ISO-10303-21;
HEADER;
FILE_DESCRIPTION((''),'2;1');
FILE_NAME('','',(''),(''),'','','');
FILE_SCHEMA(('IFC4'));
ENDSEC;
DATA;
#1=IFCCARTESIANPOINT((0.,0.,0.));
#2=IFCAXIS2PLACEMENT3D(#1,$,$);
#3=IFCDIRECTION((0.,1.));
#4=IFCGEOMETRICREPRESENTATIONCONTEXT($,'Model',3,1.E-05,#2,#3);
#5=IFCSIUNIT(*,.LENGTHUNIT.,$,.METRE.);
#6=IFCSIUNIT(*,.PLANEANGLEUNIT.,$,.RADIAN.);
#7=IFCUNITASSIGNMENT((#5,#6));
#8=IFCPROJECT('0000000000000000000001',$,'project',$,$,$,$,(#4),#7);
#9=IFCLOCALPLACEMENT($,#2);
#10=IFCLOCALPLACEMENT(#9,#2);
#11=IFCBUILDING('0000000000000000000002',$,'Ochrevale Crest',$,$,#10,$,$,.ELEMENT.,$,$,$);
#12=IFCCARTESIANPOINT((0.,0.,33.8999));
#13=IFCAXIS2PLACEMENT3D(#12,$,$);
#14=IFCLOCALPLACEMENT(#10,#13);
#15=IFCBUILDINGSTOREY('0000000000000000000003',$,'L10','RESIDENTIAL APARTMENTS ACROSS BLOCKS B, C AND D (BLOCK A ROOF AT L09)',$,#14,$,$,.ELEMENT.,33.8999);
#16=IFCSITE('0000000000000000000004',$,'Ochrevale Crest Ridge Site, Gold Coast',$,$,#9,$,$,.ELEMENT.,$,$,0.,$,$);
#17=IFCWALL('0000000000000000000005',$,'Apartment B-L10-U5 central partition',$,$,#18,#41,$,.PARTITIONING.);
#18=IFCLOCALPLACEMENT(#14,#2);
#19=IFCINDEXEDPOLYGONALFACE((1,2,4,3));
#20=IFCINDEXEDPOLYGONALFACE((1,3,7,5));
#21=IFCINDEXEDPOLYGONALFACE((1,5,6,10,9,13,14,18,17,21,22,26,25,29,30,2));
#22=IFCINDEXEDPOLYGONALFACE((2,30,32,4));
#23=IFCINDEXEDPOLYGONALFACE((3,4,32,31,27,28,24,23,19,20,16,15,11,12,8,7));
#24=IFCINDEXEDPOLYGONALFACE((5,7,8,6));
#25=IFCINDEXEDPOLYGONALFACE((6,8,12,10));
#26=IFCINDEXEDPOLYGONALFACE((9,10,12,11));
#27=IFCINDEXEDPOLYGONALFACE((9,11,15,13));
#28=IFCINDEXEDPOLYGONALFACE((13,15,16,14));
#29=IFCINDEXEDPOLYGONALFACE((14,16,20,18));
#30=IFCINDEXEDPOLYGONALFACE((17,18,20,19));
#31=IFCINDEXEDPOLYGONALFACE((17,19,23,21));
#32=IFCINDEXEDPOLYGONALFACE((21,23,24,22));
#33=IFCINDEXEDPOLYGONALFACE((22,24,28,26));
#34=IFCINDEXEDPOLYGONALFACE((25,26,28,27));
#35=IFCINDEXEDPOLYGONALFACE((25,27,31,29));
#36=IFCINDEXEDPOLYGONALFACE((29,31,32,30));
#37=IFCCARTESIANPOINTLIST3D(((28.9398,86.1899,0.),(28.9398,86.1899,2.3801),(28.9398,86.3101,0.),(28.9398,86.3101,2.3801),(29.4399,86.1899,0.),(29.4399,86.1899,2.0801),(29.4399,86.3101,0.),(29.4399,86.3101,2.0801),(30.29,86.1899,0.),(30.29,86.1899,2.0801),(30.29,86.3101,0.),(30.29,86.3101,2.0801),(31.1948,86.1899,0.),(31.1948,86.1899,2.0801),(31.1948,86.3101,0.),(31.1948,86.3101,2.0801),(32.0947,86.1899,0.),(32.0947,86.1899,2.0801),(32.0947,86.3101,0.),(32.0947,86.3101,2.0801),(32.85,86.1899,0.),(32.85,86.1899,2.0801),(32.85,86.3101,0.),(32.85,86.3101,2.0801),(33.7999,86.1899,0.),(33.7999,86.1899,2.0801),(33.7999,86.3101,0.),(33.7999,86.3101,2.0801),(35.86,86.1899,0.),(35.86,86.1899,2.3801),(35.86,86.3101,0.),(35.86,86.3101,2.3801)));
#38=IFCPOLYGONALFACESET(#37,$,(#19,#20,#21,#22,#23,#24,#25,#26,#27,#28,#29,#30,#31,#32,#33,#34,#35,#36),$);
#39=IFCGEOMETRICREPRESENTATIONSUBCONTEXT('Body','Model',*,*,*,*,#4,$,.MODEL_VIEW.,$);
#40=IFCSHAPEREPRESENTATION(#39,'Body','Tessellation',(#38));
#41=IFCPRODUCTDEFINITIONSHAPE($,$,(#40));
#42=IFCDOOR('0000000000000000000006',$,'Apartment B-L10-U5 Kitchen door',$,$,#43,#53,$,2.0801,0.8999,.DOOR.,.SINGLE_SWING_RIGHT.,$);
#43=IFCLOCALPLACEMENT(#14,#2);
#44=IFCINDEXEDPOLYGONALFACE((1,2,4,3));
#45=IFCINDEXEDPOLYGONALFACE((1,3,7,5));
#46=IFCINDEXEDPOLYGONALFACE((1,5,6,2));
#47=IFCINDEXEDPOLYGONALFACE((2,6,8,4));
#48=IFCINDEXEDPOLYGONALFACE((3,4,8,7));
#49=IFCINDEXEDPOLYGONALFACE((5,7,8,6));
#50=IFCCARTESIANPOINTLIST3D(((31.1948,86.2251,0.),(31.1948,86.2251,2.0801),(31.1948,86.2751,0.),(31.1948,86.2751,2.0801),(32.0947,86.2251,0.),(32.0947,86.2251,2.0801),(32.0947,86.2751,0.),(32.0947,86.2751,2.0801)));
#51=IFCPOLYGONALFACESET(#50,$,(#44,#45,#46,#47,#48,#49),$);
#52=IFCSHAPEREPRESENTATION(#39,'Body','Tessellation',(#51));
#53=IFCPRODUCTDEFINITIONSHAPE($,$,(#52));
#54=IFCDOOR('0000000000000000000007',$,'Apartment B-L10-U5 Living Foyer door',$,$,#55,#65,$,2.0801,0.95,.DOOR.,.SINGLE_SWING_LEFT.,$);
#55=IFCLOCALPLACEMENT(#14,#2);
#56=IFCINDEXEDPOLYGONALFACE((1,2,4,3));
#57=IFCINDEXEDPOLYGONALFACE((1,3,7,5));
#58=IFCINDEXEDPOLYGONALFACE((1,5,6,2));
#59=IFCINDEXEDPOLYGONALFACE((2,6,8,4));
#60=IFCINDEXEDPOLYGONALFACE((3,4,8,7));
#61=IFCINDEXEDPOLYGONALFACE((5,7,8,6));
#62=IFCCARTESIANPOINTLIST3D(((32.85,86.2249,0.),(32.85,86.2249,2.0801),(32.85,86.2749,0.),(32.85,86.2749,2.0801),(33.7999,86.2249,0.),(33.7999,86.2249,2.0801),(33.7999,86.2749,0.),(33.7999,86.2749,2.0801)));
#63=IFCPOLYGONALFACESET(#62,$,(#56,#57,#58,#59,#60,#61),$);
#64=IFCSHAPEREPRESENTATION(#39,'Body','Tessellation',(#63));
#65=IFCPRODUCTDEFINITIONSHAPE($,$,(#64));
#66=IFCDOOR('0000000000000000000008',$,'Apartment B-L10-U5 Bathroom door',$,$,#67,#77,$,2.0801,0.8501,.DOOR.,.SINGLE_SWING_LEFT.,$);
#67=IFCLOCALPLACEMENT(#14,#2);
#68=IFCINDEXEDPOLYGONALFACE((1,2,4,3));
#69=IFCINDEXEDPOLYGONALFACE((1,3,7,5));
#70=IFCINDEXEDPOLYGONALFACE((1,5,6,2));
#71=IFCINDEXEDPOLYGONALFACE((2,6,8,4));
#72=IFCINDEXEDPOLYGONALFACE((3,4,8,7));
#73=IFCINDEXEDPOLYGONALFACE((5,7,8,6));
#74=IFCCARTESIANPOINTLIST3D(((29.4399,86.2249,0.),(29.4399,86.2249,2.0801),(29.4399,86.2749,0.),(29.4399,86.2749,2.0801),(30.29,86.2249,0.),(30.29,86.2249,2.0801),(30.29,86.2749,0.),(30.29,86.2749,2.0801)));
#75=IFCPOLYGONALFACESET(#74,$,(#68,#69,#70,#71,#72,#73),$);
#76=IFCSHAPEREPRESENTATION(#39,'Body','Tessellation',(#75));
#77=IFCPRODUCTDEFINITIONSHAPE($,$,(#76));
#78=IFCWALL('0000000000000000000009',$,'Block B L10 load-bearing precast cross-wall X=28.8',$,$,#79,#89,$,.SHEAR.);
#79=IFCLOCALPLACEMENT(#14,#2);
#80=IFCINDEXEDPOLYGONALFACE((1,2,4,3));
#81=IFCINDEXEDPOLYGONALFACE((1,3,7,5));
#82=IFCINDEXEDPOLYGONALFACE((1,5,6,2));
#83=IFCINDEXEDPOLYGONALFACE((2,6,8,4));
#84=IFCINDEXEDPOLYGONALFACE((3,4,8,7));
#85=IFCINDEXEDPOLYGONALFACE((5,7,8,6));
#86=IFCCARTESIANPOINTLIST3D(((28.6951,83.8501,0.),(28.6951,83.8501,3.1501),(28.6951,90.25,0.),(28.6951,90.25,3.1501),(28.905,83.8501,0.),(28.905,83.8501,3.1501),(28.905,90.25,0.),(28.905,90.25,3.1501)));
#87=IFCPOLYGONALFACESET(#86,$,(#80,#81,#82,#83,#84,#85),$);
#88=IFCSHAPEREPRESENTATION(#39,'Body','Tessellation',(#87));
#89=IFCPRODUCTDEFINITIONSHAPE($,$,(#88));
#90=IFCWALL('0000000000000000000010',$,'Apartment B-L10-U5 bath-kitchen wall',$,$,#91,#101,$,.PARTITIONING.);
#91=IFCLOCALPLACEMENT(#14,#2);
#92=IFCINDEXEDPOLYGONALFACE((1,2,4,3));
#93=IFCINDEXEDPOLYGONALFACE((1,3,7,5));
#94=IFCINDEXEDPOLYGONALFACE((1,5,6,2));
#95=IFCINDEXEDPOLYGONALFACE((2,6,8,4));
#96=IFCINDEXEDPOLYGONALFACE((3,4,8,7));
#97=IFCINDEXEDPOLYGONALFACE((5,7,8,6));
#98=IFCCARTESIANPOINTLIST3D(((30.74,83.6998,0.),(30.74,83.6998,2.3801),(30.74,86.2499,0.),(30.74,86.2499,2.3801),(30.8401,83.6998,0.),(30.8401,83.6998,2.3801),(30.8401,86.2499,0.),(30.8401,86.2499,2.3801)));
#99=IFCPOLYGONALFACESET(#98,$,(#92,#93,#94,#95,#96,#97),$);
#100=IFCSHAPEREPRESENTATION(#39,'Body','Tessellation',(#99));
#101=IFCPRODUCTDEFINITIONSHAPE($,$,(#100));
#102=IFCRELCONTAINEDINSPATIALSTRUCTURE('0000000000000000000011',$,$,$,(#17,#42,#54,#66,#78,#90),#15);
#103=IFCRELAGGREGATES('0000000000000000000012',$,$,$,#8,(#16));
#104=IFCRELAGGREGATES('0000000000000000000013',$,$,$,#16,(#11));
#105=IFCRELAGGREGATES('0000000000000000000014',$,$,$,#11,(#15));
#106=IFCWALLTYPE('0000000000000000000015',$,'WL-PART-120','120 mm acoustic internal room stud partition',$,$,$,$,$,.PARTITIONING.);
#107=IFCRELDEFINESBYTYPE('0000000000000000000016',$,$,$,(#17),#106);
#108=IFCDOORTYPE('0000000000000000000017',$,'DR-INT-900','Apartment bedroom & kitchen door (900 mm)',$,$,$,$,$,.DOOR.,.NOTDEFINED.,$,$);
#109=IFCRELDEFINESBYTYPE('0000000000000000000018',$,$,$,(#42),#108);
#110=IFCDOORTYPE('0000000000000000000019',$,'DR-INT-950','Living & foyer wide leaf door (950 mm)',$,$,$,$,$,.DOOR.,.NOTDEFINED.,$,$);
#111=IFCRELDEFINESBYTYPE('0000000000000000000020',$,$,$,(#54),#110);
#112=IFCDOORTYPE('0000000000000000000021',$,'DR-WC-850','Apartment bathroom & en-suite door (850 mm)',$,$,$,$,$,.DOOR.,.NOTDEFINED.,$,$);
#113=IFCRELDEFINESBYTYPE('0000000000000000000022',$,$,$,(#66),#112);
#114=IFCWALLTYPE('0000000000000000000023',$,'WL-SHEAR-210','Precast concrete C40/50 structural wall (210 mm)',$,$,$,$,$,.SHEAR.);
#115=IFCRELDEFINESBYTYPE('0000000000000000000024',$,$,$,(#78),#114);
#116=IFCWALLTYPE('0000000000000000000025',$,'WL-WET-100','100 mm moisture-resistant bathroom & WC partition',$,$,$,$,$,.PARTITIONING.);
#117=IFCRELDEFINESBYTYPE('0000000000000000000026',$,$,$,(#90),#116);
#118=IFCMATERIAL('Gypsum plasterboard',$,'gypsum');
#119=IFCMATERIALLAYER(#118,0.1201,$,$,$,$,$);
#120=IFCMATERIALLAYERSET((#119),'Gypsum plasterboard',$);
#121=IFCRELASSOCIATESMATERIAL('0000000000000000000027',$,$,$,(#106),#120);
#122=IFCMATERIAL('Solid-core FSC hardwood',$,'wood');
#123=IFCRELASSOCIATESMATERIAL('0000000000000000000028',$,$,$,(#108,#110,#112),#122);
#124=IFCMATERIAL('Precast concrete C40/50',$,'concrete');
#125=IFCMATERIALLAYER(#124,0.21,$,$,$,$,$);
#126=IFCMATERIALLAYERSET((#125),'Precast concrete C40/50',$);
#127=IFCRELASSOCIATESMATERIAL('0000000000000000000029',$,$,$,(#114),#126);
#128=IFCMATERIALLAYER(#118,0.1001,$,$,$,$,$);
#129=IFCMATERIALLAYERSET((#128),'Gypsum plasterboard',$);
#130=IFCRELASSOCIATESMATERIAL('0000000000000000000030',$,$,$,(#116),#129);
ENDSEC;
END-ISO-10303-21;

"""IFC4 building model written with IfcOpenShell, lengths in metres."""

from ifc_helpers import new_model, si_unit, direction, frame, frame_2d, origin, place, context, subcontext, project, spatial, rectangle, extrude, material, layer, layer_set, type_object, element, fill, save


model = new_model("IFC4")

# Units and contexts
model_context = context("Model", 3, precision=1e-05, world=origin(), true_north=direction((0.0, 1.0)))
body_context = subcontext(model_context, "Body", "Model", "MODEL_VIEW")
ifc_project = project(units=[si_unit("LENGTHUNIT", "METRE"), si_unit("PLANEANGLEUNIT", "RADIAN")], contexts=[model_context])

# Site, building, storey
site_placement = place(None, origin())
site = spatial("IfcSite", under=ifc_project, at=site_placement, Name="Ochrevale Crest Ridge Site, Gold Coast", CompositionType="ELEMENT", RefElevation=0.0)
building_placement = place(site_placement, origin())
building = spatial("IfcBuilding", under=site, at=building_placement, Name="Ochrevale Crest", CompositionType="ELEMENT")
storey_placement = place(building_placement, frame((0.0, 0.0, 33.8999)))
storey = spatial("IfcBuildingStorey", under=building, at=storey_placement, Name="L10", Description="RESIDENTIAL APARTMENTS ACROSS BLOCKS B, C AND D (BLOCK A ROOF AT L09)", CompositionType="ELEMENT", Elevation=33.8999)

# Shared definitions
ifc_material_1 = material(Name="Gypsum plasterboard", Category="gypsum")
ifc_material_2 = material(Name="Solid-core FSC hardwood", Category="wood")

# Shared definitions
ifc_layer_1 = layer(ifc_material_1, 0.1201)
ifc_layer_set_1 = layer_set([ifc_layer_1], Name="Gypsum plasterboard")
wall_type_1 = type_object("IfcWallType", Name="WL-PART-120", Description="120 mm acoustic internal room stud partition", PredefinedType="PARTITIONING", material=ifc_layer_set_1)

# Wall, openings, doors
wall_1_placement = place(storey_placement, frame((28.9399, 86.25, 0.0), z_axis=(0.0, 0.0, 1.0), x_axis=(1.0, 0.0, 0.0)))
wall_1 = element("IfcWall", 1, at=wall_1_placement, inside=storey, type_object=wall_type_1, Name="Apartment B-L10-U5 central partition", PredefinedType="PARTITIONING", context=body_context, shape_type="SweptSolid", body=[
    extrude(rectangle(XDim=6.9202, YDim=0.1201, at=frame_2d((3.46, 0.0))), origin(), (0.0, 0.0, 1.0), 2.3801),
])
opening_1_placement = place(wall_1_placement, frame((0.5, 0.0, 0.0)))
opening_1 = element("IfcOpeningElement", 2, at=opening_1_placement, cuts=wall_1, PredefinedType="OPENING", context=body_context, shape_type="SweptSolid", body=[
    extrude(rectangle(XDim=0.8501, YDim=2.0801, at=frame_2d((0.425, 1.04))), frame((0.0, 0.0701, 0.0), z_axis=(0.0, -1.0, 0.0), x_axis=(1.0, 0.0, 0.0)), (0.0, 0.0, 1.0), 0.1401),
])
opening_2_placement = place(wall_1_placement, frame((3.1548, 0.0, 0.0), z_axis=(0.0, 0.0, 1.0), x_axis=(-1.0, 0.0, 0.0)))
opening_2 = element("IfcOpeningElement", 3, at=opening_2_placement, cuts=wall_1, PredefinedType="OPENING", context=body_context, shape_type="SweptSolid", body=[
    extrude(rectangle(XDim=0.8999, YDim=2.0801, at=frame_2d((0.45, 1.04))), frame((0.0, 0.0701, 0.0), z_axis=(0.0, -1.0, 0.0), x_axis=(1.0, 0.0, 0.0)), (0.0, 0.0, 1.0), 0.1401),
])
opening_3_placement = place(wall_1_placement, frame((3.9099, 0.0, 0.0)))
opening_3 = element("IfcOpeningElement", 4, at=opening_3_placement, cuts=wall_1, PredefinedType="OPENING", context=body_context, shape_type="SweptSolid", body=[
    extrude(rectangle(XDim=0.95, YDim=2.0801, at=frame_2d((0.4751, 1.04))), frame((0.0, 0.0701, 0.0), z_axis=(0.0, -1.0, 0.0), x_axis=(1.0, 0.0, 0.0)), (0.0, 0.0, 1.0), 0.1401),
])
door_type_1 = type_object("IfcDoorType", Name="DR-INT-900", Description="Apartment bedroom & kitchen door (900 mm)", OperationType="NOTDEFINED", PredefinedType="DOOR", material=ifc_material_2)
door_1_placement = place(opening_2_placement, origin())
door_1 = element("IfcDoor", 5, at=door_1_placement, inside=storey, type_object=door_type_1, Name="Apartment B-L10-U5 Kitchen door", OperationType="SINGLE_SWING_RIGHT", OverallHeight=2.0801, OverallWidth=0.8999, PredefinedType="DOOR", context=body_context, shape_type="SweptSolid", body=[
    extrude(rectangle(XDim=0.8999, YDim=2.0801, at=frame_2d((0.45, 1.04))), frame((0.0, 0.0249, 0.0), z_axis=(0.0, -1.0, 0.0), x_axis=(1.0, 0.0, 0.0)), (0.0, 0.0, 1.0), 0.05),
])
fill(opening_2, door_1)
door_type_2 = type_object("IfcDoorType", Name="DR-INT-950", Description="Living & foyer wide leaf door (950 mm)", OperationType="NOTDEFINED", PredefinedType="DOOR", material=ifc_material_2)
door_2_placement = place(opening_3_placement, origin())
door_2 = element("IfcDoor", 6, at=door_2_placement, inside=storey, type_object=door_type_2, Name="Apartment B-L10-U5 Living Foyer door", OperationType="SINGLE_SWING_LEFT", OverallHeight=2.0801, OverallWidth=0.95, PredefinedType="DOOR", context=body_context, shape_type="SweptSolid", body=[
    extrude(rectangle(XDim=0.95, YDim=2.0801, at=frame_2d((0.4751, 1.04))), frame((0.0, 0.0249, 0.0), z_axis=(0.0, -1.0, 0.0), x_axis=(1.0, 0.0, 0.0)), (0.0, 0.0, 1.0), 0.05),
])
fill(opening_3, door_2)
door_type_3 = type_object("IfcDoorType", Name="DR-WC-850", Description="Apartment bathroom & en-suite door (850 mm)", OperationType="NOTDEFINED", PredefinedType="DOOR", material=ifc_material_2)
door_3_placement = place(opening_1_placement, origin())
door_3 = element("IfcDoor", 7, at=door_3_placement, inside=storey, type_object=door_type_3, Name="Apartment B-L10-U5 Bathroom door", OperationType="SINGLE_SWING_LEFT", OverallHeight=2.0801, OverallWidth=0.8501, PredefinedType="DOOR", context=body_context, shape_type="SweptSolid", body=[
    extrude(rectangle(XDim=0.8501, YDim=2.0801, at=frame_2d((0.425, 1.04))), frame((0.0, 0.0249, 0.0), z_axis=(0.0, -1.0, 0.0), x_axis=(1.0, 0.0, 0.0)), (0.0, 0.0, 1.0), 0.05),
])
fill(opening_1, door_3)

# Walls
ifc_material_3 = material(Name="Precast concrete C40/50", Category="concrete")
ifc_layer_2 = layer(ifc_material_3, 0.21)
ifc_layer_set_2 = layer_set([ifc_layer_2], Name="Precast concrete C40/50")
wall_type_2 = type_object("IfcWallType", Name="WL-SHEAR-210", Description="Precast concrete C40/50 structural wall (210 mm)", PredefinedType="SHEAR", material=ifc_layer_set_2)
wall_2_placement = place(storey_placement, frame((28.8, 83.8501, 0.0), z_axis=(0.0, 0.0, 1.0), x_axis=(0.0, 1.0, 0.0)))
element("IfcWall", 8, at=wall_2_placement, inside=storey, type_object=wall_type_2, Name="Block B L10 load-bearing precast cross-wall X=28.8", PredefinedType="SHEAR", context=body_context, shape_type="SweptSolid", body=[
    extrude(rectangle(XDim=6.3999, YDim=0.21, at=frame_2d((3.2, 0.0))), origin(), (0.0, 0.0, 1.0), 3.1501),
])
ifc_layer_3 = layer(ifc_material_1, 0.1001)
ifc_layer_set_3 = layer_set([ifc_layer_3], Name="Gypsum plasterboard")
wall_type_3 = type_object("IfcWallType", Name="WL-WET-100", Description="100 mm moisture-resistant bathroom & WC partition", PredefinedType="PARTITIONING", material=ifc_layer_set_3)
wall_3_placement = place(storey_placement, frame((30.79, 83.7, 0.0), z_axis=(0.0, 0.0, 1.0), x_axis=(0.0, 1.0, 0.0)))
element("IfcWall", 9, at=wall_3_placement, inside=storey, type_object=wall_type_3, Name="Apartment B-L10-U5 bath-kitchen wall", PredefinedType="PARTITIONING", context=body_context, shape_type="SweptSolid", body=[
    extrude(rectangle(XDim=2.55, YDim=0.1001, at=frame_2d((1.2749, 0.0))), origin(), (0.0, 0.0, 1.0), 2.3801),
])

save(model, "model.ifc")
